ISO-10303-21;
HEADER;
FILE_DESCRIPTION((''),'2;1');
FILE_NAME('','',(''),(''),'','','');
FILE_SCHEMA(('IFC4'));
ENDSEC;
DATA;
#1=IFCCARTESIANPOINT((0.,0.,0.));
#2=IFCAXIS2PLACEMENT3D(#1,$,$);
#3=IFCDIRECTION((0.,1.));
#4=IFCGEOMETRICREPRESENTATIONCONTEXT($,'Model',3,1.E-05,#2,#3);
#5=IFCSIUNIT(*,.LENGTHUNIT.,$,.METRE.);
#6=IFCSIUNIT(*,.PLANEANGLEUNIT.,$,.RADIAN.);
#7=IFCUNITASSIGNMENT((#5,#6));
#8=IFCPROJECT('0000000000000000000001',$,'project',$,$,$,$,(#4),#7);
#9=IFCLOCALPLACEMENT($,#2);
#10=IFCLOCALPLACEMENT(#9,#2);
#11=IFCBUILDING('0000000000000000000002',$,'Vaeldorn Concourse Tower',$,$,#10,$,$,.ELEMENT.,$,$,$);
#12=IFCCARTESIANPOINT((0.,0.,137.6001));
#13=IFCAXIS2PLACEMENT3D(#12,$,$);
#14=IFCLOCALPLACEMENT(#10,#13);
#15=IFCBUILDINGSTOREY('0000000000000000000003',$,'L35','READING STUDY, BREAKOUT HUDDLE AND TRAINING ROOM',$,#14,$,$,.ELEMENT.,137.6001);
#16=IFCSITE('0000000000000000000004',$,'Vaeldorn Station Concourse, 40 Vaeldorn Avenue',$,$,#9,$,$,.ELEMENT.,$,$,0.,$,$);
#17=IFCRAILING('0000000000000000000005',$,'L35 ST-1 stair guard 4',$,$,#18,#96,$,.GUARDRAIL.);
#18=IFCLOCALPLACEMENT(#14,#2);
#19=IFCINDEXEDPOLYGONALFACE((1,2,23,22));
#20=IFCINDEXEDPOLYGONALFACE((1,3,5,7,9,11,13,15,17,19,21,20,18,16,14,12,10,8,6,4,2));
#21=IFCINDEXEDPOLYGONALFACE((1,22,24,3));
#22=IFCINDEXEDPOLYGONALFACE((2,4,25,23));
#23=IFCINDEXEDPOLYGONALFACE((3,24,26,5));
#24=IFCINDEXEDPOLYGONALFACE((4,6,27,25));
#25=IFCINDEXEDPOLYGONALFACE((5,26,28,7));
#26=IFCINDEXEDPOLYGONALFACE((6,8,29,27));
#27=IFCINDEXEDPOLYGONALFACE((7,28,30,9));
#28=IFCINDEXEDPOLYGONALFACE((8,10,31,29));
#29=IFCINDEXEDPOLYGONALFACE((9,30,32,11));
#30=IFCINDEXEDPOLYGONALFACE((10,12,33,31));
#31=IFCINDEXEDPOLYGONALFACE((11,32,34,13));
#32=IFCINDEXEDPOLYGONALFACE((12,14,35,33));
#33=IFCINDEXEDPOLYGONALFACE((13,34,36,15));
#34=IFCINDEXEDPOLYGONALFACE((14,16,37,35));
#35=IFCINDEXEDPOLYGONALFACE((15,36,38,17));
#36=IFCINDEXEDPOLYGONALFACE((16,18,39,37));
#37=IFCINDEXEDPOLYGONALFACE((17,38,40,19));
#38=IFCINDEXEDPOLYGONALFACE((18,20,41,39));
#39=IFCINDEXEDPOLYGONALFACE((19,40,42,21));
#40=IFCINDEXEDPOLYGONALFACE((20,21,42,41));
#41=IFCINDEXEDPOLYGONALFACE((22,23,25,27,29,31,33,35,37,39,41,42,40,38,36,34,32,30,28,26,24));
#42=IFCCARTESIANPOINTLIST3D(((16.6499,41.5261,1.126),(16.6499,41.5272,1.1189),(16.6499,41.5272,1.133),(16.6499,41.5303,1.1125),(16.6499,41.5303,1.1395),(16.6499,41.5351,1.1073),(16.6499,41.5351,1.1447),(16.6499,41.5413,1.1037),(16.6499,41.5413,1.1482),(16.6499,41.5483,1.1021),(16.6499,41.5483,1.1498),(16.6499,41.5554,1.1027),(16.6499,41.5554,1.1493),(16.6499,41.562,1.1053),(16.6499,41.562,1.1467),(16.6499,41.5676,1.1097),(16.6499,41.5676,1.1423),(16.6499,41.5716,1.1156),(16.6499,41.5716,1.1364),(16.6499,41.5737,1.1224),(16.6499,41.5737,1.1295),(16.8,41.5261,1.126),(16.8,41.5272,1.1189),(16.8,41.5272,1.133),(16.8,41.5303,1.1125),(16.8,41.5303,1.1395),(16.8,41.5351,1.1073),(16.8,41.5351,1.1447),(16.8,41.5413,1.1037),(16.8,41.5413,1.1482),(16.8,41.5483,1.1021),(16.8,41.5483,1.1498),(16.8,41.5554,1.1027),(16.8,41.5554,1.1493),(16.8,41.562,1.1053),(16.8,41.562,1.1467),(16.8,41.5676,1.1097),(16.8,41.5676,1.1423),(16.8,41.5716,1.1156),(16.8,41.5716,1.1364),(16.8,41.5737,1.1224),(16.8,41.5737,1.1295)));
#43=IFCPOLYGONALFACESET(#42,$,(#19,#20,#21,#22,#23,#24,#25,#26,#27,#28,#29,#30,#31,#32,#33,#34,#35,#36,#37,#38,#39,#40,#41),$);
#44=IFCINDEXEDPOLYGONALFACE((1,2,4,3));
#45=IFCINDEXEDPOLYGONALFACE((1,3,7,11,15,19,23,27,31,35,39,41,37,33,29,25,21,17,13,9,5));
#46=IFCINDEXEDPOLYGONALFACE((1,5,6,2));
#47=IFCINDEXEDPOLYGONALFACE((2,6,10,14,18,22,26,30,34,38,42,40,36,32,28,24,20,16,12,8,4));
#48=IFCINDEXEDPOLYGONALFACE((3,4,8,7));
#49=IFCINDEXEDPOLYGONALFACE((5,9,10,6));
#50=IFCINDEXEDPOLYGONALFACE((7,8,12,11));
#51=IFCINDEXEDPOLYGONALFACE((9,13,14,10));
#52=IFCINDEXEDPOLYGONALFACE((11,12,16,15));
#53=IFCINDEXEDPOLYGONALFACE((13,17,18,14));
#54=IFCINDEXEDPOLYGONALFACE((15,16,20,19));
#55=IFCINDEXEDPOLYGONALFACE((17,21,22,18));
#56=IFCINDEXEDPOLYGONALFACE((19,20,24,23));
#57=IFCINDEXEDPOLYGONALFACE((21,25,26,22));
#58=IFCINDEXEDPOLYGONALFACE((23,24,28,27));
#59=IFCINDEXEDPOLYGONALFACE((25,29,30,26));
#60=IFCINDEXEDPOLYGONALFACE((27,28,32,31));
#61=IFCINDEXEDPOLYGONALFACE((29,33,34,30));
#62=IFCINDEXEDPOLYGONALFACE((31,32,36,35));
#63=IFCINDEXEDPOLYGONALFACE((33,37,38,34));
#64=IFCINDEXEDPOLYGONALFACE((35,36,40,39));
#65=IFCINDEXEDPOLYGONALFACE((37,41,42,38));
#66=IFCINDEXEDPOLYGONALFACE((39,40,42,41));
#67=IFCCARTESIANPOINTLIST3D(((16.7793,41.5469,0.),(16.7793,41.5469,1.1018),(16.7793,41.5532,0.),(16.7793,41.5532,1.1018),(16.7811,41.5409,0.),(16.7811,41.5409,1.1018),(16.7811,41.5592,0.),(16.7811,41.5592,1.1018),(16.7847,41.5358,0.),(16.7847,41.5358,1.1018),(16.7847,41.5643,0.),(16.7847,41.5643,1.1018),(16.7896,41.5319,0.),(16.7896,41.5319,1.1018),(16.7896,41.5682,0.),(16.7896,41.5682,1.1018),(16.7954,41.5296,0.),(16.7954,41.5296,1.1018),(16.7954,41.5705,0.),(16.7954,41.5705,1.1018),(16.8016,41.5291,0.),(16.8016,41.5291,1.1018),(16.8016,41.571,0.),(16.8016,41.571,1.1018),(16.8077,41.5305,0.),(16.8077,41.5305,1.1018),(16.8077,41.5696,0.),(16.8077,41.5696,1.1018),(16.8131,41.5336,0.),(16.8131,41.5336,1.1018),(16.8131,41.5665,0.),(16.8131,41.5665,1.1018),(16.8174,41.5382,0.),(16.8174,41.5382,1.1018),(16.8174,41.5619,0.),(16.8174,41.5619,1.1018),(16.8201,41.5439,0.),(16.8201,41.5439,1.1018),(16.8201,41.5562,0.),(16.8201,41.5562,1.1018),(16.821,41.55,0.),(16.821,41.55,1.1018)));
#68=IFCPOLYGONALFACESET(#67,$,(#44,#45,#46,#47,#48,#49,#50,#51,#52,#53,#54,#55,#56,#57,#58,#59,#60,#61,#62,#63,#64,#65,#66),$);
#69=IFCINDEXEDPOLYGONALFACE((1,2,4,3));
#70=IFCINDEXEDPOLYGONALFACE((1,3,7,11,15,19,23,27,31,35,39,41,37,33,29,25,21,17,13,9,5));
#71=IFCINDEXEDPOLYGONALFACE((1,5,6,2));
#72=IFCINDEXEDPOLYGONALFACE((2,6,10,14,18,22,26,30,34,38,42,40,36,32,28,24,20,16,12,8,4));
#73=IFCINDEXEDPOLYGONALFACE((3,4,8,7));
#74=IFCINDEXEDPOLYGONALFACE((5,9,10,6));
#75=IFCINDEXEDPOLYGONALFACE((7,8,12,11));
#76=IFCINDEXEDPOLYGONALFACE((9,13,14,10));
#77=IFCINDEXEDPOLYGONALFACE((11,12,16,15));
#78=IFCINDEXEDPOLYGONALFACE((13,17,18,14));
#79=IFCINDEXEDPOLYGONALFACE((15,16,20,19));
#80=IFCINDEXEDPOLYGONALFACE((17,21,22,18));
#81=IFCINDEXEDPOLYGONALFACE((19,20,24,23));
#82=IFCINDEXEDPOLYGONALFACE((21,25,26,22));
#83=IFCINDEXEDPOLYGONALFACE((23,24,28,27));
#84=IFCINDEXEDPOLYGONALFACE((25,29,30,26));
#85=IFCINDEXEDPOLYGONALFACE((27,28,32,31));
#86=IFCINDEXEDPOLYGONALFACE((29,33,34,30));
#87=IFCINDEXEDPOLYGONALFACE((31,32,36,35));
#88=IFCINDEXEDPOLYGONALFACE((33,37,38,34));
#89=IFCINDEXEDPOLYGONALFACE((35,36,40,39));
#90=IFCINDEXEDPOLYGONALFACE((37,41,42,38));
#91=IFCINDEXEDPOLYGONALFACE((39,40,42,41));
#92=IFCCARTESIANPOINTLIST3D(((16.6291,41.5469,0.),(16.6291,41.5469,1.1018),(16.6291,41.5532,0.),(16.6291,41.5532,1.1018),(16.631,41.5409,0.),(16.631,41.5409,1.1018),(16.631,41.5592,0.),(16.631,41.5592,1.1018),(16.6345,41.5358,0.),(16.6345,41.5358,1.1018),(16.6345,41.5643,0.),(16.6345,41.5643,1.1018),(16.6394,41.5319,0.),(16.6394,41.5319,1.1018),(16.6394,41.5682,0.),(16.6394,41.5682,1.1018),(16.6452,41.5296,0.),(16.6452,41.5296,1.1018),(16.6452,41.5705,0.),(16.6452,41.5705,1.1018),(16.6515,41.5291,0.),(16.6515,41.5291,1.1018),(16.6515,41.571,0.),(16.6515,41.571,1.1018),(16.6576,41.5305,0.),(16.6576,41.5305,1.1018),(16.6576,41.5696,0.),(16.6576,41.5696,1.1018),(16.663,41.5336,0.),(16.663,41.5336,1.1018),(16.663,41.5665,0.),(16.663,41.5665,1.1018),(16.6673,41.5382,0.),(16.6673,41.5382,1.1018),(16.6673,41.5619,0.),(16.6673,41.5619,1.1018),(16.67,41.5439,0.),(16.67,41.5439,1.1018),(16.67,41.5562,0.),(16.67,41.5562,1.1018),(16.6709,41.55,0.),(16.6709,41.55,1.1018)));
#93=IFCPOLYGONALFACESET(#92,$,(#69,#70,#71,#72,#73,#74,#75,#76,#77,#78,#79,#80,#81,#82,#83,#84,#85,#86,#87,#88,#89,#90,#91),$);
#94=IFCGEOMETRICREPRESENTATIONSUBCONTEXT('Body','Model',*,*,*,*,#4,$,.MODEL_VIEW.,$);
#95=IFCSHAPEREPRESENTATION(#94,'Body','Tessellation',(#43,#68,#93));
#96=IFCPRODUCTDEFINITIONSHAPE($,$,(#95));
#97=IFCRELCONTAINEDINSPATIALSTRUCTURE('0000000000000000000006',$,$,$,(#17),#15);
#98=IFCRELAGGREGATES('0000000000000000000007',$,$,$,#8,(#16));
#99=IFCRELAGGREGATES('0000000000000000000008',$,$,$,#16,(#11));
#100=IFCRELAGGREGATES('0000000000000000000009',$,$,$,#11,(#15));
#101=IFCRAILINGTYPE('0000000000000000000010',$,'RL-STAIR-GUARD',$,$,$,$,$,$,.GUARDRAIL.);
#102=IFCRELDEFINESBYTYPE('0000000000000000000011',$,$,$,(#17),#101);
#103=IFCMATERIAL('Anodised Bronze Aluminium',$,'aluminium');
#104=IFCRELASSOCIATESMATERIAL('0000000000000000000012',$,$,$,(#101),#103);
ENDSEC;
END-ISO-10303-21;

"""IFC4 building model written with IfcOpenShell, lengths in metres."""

from ifc_helpers import new_model, si_unit, direction, frame, origin, origin_2d, place, context, subcontext, project, spatial, circle, extrude, material, type_object, element, save


model = new_model("IFC4")

# Units and contexts
model_context = context("Model", 3, precision=1e-05, world=origin(), true_north=direction((0.0, 1.0)))
body_context = subcontext(model_context, "Body", "Model", "MODEL_VIEW")
ifc_project = project(units=[si_unit("LENGTHUNIT", "METRE"), si_unit("PLANEANGLEUNIT", "RADIAN")], contexts=[model_context])

# Site, building, storey
site_placement = place(None, origin())
site = spatial("IfcSite", under=ifc_project, at=site_placement, Name="Vaeldorn Station Concourse, 40 Vaeldorn Avenue", CompositionType="ELEMENT", RefElevation=0.0)
building_placement = place(site_placement, origin())
building = spatial("IfcBuilding", under=site, at=building_placement, Name="Vaeldorn Concourse Tower", CompositionType="ELEMENT")
storey_placement = place(building_placement, frame((0.0, 0.0, 137.6001)))
storey = spatial("IfcBuildingStorey", under=building, at=storey_placement, Name="L35", Description="READING STUDY, BREAKOUT HUDDLE AND TRAINING ROOM", CompositionType="ELEMENT", Elevation=137.6001)

# Shared definitions
ifc_material_1 = material(Name="Anodised Bronze Aluminium", Category="aluminium")

# Railing
railing_type_1 = type_object("IfcRailingType", Name="RL-STAIR-GUARD", PredefinedType="GUARDRAIL", material=ifc_material_1)
railing_1_placement = place(storey_placement, frame((16.8, 41.55, 0.0)))
element("IfcRailing", 1, at=railing_1_placement, inside=storey, type_object=railing_type_1, Name="L35 ST-1 stair guard 4", PredefinedType="GUARDRAIL", context=body_context, shape_type="SweptSolid", body=[
    extrude(circle(Radius=0.0239, at=origin_2d()), frame((0.0, 0.0, 1.126), z_axis=(-1.0, 0.0, 0.0), x_axis=(0.0, -1.0, 0.0)), (0.0, 0.0, 1.0), 0.1501),
    extrude(circle(Radius=0.021, at=origin_2d()), origin(), (0.0, 0.0, 1.0), 1.1018),
    extrude(circle(Radius=0.021, at=origin_2d()), frame((-0.1501, 0.0, 0.0)), (0.0, 0.0, 1.0), 1.1018),
])

save(model, "model.ifc")
